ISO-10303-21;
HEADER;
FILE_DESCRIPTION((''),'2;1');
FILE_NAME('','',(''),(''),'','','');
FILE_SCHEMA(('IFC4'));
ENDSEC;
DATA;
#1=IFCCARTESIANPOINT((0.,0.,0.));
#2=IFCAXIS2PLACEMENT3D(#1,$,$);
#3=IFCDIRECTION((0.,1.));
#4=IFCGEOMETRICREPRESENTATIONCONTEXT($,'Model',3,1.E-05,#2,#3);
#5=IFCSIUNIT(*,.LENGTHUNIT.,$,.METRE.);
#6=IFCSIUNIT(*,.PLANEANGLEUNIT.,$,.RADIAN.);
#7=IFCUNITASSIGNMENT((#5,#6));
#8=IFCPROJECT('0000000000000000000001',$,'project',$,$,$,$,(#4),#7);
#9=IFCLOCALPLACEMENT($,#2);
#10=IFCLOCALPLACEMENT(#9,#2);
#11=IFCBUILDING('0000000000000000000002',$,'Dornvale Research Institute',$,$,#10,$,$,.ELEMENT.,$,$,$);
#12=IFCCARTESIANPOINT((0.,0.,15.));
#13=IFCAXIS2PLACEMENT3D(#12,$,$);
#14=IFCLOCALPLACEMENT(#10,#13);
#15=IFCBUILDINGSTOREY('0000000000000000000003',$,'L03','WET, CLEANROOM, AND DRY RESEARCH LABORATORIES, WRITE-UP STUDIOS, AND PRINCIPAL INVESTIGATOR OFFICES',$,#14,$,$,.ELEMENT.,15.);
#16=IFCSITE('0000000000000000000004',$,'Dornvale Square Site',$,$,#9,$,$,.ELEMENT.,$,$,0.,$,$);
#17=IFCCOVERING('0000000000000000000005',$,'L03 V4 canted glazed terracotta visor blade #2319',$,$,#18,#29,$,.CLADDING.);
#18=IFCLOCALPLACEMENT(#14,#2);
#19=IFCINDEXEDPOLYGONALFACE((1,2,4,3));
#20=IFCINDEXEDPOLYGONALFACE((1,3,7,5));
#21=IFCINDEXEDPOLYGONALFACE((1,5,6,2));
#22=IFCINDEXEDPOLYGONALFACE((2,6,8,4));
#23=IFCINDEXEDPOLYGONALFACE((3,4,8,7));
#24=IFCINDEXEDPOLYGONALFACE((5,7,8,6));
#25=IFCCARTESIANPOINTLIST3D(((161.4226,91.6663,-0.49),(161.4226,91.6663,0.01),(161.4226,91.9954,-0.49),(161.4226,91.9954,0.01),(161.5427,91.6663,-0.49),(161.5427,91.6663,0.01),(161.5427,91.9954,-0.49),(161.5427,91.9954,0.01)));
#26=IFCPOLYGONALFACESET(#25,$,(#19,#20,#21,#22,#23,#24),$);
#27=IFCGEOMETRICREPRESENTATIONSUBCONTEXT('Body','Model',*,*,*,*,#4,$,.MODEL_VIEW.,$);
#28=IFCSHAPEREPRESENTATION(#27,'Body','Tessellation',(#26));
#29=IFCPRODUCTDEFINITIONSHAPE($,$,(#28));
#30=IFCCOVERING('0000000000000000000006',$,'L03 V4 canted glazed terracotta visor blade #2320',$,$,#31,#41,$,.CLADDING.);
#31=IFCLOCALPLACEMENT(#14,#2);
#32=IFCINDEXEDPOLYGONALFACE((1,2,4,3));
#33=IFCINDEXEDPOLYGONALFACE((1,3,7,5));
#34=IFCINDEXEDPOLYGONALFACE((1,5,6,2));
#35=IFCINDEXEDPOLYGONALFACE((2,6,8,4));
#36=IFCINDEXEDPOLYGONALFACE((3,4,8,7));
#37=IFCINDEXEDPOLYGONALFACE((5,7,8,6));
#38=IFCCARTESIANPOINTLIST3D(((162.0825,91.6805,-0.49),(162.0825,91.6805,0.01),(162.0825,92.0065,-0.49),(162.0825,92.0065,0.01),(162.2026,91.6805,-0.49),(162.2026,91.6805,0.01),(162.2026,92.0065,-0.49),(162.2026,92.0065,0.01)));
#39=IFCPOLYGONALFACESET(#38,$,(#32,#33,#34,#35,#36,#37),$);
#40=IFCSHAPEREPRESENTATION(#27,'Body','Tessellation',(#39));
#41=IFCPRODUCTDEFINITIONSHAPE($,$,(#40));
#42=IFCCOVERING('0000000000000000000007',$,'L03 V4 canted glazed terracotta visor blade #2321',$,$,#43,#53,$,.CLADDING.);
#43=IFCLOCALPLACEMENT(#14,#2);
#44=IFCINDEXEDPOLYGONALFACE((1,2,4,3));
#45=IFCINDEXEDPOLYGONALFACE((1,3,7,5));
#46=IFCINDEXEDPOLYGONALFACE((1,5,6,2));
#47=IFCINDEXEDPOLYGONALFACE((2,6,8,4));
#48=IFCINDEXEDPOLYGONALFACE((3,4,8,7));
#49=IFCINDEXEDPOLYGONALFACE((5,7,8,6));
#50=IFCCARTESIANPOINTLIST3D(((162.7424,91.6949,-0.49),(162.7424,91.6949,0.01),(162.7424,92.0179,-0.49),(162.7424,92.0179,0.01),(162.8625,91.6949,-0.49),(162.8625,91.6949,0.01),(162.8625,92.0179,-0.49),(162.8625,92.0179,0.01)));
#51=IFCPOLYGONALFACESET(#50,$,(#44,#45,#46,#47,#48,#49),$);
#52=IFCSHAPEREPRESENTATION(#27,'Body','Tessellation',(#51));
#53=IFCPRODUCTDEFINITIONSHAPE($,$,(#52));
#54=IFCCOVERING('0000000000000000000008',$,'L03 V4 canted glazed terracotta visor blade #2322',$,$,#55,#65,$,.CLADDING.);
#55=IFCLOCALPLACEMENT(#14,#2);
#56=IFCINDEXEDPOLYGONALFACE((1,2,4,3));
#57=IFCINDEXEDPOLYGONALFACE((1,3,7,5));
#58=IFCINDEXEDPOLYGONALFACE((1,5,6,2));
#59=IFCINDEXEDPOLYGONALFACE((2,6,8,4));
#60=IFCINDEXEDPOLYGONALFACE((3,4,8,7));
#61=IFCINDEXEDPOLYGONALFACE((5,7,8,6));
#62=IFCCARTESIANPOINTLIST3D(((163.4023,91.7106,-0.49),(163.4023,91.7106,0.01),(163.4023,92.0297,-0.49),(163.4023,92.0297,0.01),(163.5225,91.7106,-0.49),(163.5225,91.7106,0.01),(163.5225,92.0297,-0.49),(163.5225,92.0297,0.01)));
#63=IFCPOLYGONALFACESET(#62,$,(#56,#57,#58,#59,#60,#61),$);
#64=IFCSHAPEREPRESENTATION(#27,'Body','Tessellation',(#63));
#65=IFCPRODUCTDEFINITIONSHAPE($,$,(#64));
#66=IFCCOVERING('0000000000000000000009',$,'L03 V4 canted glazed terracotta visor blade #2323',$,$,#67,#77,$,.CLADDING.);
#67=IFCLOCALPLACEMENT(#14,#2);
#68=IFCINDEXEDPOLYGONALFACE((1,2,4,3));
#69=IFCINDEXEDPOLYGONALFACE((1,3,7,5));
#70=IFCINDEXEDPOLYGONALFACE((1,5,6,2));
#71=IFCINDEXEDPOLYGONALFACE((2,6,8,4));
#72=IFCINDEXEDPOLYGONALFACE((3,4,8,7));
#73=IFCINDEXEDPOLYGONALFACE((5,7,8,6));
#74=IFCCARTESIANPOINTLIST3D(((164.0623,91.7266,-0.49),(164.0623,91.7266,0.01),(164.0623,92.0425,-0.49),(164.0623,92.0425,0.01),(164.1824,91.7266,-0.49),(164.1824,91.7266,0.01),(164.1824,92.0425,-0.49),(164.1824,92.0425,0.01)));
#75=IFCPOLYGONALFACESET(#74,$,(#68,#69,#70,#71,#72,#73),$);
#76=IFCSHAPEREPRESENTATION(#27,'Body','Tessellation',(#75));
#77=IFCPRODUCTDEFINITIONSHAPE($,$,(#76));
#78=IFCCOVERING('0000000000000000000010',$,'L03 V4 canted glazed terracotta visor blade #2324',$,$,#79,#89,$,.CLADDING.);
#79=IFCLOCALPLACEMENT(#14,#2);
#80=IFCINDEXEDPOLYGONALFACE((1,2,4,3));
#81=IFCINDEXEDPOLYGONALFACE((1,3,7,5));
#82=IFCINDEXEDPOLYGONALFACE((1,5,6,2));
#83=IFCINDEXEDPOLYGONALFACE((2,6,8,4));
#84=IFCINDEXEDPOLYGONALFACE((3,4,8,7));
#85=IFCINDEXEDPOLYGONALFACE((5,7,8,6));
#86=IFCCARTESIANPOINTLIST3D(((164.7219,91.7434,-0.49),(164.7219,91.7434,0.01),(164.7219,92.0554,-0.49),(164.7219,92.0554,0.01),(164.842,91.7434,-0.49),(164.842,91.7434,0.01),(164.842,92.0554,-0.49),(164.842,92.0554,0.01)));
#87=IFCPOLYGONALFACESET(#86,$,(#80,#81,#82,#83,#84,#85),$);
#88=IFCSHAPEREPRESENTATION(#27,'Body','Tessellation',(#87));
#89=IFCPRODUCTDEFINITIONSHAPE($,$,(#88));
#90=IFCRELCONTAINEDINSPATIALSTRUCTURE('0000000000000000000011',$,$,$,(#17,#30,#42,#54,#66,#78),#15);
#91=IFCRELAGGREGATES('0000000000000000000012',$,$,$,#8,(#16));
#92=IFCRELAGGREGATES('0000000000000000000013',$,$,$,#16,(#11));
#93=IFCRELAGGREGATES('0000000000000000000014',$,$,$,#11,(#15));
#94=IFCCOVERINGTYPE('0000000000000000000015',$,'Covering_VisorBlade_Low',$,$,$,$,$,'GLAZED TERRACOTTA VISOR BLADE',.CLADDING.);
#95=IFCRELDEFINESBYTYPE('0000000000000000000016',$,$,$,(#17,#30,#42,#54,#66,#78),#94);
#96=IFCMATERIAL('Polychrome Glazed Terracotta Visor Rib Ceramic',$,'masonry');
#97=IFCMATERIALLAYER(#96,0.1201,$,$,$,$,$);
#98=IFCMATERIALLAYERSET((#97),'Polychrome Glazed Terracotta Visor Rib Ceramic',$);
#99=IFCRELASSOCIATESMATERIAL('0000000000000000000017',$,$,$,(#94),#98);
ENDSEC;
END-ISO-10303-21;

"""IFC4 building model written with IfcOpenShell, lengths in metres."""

from ifc_helpers import new_model, si_unit, direction, frame, origin, origin_2d, place, context, subcontext, project, spatial, rectangle, extrude, material, layer, layer_set, type_object, element, save


model = new_model("IFC4")

# Units and contexts
model_context = context("Model", 3, precision=1e-05, world=origin(), true_north=direction((0.0, 1.0)))
body_context = subcontext(model_context, "Body", "Model", "MODEL_VIEW")
ifc_project = project(units=[si_unit("LENGTHUNIT", "METRE"), si_unit("PLANEANGLEUNIT", "RADIAN")], contexts=[model_context])

# Site, building, storey
site_placement = place(None, origin())
site = spatial("IfcSite", under=ifc_project, at=site_placement, Name="Dornvale Square Site", CompositionType="ELEMENT", RefElevation=0.0)
building_placement = place(site_placement, origin())
building = spatial("IfcBuilding", under=site, at=building_placement, Name="Dornvale Research Institute", CompositionType="ELEMENT")
storey_placement = place(building_placement, frame((0.0, 0.0, 15.0)))
storey = spatial("IfcBuildingStorey", under=building, at=storey_placement, Name="L03", Description="WET, CLEANROOM, AND DRY RESEARCH LABORATORIES, WRITE-UP STUDIOS, AND PRINCIPAL INVESTIGATOR OFFICES", CompositionType="ELEMENT", Elevation=15.0)

# Coverings
ifc_material = material(Name="Polychrome Glazed Terracotta Visor Rib Ceramic", Category="masonry")
ifc_layer = layer(ifc_material, 0.1201)
ifc_layer_set = layer_set([ifc_layer], Name="Polychrome Glazed Terracotta Visor Rib Ceramic")
covering_type = type_object("IfcCoveringType", Name="Covering_VisorBlade_Low", ElementType="GLAZED TERRACOTTA VISOR BLADE", PredefinedType="CLADDING", material=ifc_layer_set)
covering_1_placement = place(storey_placement, frame((161.4827, 91.8308, -0.49), z_axis=(0.0, 0.0, 1.0), x_axis=(0.0, 1.0, 0.0)))
element("IfcCovering", 1, at=covering_1_placement, inside=storey, type_object=covering_type, Name="L03 V4 canted glazed terracotta visor blade #2319", PredefinedType="CLADDING", context=body_context, shape_type="SweptSolid", body=[
    extrude(rectangle(XDim=0.3291, YDim=0.1201, at=origin_2d()), origin(), (0.0, 0.0, 1.0), 0.5),
])
covering_2_placement = place(storey_placement, frame((162.1426, 91.8435, -0.49), z_axis=(0.0, 0.0, 1.0), x_axis=(0.0, 1.0, 0.0)))
element("IfcCovering", 2, at=covering_2_placement, inside=storey, type_object=covering_type, Name="L03 V4 canted glazed terracotta visor blade #2320", PredefinedType="CLADDING", context=body_context, shape_type="SweptSolid", body=[
    extrude(rectangle(XDim=0.3259, YDim=0.1201, at=origin_2d()), origin(), (0.0, 0.0, 1.0), 0.5),
])
covering_3_placement = place(storey_placement, frame((162.8025, 91.8564, -0.49), z_axis=(0.0, 0.0, 1.0), x_axis=(0.0, 1.0, 0.0)))
element("IfcCovering", 3, at=covering_3_placement, inside=storey, type_object=covering_type, Name="L03 V4 canted glazed terracotta visor blade #2321", PredefinedType="CLADDING", context=body_context, shape_type="SweptSolid", body=[
    extrude(rectangle(XDim=0.323, YDim=0.1201, at=origin_2d()), origin(), (0.0, 0.0, 1.0), 0.5),
])
covering_4_placement = place(storey_placement, frame((163.4624, 91.8701, -0.49), z_axis=(0.0, 0.0, 1.0), x_axis=(0.0, 1.0, 0.0)))
element("IfcCovering", 4, at=covering_4_placement, inside=storey, type_object=covering_type, Name="L03 V4 canted glazed terracotta visor blade #2322", PredefinedType="CLADDING", context=body_context, shape_type="SweptSolid", body=[
    extrude(rectangle(XDim=0.3191, YDim=0.1201, at=origin_2d()), origin(), (0.0, 0.0, 1.0), 0.5),
])
covering_5_placement = place(storey_placement, frame((164.1223, 91.8845, -0.49), z_axis=(0.0, 0.0, 1.0), x_axis=(0.0, 1.0, 0.0)))
element("IfcCovering", 5, at=covering_5_placement, inside=storey, type_object=covering_type, Name="L03 V4 canted glazed terracotta visor blade #2323", PredefinedType="CLADDING", context=body_context, shape_type="SweptSolid", body=[
    extrude(rectangle(XDim=0.3159, YDim=0.1201, at=origin_2d()), origin(), (0.0, 0.0, 1.0), 0.5),
])
covering_6_placement = place(storey_placement, frame((164.782, 91.8994, -0.49), z_axis=(0.0, 0.0, 1.0), x_axis=(0.0, 1.0, 0.0)))
element("IfcCovering", 6, at=covering_6_placement, inside=storey, type_object=covering_type, Name="L03 V4 canted glazed terracotta visor blade #2324", PredefinedType="CLADDING", context=body_context, shape_type="SweptSolid", body=[
    extrude(rectangle(XDim=0.312, YDim=0.1201, at=origin_2d()), origin(), (0.0, 0.0, 1.0), 0.5),
])

save(model, "model.ifc")
